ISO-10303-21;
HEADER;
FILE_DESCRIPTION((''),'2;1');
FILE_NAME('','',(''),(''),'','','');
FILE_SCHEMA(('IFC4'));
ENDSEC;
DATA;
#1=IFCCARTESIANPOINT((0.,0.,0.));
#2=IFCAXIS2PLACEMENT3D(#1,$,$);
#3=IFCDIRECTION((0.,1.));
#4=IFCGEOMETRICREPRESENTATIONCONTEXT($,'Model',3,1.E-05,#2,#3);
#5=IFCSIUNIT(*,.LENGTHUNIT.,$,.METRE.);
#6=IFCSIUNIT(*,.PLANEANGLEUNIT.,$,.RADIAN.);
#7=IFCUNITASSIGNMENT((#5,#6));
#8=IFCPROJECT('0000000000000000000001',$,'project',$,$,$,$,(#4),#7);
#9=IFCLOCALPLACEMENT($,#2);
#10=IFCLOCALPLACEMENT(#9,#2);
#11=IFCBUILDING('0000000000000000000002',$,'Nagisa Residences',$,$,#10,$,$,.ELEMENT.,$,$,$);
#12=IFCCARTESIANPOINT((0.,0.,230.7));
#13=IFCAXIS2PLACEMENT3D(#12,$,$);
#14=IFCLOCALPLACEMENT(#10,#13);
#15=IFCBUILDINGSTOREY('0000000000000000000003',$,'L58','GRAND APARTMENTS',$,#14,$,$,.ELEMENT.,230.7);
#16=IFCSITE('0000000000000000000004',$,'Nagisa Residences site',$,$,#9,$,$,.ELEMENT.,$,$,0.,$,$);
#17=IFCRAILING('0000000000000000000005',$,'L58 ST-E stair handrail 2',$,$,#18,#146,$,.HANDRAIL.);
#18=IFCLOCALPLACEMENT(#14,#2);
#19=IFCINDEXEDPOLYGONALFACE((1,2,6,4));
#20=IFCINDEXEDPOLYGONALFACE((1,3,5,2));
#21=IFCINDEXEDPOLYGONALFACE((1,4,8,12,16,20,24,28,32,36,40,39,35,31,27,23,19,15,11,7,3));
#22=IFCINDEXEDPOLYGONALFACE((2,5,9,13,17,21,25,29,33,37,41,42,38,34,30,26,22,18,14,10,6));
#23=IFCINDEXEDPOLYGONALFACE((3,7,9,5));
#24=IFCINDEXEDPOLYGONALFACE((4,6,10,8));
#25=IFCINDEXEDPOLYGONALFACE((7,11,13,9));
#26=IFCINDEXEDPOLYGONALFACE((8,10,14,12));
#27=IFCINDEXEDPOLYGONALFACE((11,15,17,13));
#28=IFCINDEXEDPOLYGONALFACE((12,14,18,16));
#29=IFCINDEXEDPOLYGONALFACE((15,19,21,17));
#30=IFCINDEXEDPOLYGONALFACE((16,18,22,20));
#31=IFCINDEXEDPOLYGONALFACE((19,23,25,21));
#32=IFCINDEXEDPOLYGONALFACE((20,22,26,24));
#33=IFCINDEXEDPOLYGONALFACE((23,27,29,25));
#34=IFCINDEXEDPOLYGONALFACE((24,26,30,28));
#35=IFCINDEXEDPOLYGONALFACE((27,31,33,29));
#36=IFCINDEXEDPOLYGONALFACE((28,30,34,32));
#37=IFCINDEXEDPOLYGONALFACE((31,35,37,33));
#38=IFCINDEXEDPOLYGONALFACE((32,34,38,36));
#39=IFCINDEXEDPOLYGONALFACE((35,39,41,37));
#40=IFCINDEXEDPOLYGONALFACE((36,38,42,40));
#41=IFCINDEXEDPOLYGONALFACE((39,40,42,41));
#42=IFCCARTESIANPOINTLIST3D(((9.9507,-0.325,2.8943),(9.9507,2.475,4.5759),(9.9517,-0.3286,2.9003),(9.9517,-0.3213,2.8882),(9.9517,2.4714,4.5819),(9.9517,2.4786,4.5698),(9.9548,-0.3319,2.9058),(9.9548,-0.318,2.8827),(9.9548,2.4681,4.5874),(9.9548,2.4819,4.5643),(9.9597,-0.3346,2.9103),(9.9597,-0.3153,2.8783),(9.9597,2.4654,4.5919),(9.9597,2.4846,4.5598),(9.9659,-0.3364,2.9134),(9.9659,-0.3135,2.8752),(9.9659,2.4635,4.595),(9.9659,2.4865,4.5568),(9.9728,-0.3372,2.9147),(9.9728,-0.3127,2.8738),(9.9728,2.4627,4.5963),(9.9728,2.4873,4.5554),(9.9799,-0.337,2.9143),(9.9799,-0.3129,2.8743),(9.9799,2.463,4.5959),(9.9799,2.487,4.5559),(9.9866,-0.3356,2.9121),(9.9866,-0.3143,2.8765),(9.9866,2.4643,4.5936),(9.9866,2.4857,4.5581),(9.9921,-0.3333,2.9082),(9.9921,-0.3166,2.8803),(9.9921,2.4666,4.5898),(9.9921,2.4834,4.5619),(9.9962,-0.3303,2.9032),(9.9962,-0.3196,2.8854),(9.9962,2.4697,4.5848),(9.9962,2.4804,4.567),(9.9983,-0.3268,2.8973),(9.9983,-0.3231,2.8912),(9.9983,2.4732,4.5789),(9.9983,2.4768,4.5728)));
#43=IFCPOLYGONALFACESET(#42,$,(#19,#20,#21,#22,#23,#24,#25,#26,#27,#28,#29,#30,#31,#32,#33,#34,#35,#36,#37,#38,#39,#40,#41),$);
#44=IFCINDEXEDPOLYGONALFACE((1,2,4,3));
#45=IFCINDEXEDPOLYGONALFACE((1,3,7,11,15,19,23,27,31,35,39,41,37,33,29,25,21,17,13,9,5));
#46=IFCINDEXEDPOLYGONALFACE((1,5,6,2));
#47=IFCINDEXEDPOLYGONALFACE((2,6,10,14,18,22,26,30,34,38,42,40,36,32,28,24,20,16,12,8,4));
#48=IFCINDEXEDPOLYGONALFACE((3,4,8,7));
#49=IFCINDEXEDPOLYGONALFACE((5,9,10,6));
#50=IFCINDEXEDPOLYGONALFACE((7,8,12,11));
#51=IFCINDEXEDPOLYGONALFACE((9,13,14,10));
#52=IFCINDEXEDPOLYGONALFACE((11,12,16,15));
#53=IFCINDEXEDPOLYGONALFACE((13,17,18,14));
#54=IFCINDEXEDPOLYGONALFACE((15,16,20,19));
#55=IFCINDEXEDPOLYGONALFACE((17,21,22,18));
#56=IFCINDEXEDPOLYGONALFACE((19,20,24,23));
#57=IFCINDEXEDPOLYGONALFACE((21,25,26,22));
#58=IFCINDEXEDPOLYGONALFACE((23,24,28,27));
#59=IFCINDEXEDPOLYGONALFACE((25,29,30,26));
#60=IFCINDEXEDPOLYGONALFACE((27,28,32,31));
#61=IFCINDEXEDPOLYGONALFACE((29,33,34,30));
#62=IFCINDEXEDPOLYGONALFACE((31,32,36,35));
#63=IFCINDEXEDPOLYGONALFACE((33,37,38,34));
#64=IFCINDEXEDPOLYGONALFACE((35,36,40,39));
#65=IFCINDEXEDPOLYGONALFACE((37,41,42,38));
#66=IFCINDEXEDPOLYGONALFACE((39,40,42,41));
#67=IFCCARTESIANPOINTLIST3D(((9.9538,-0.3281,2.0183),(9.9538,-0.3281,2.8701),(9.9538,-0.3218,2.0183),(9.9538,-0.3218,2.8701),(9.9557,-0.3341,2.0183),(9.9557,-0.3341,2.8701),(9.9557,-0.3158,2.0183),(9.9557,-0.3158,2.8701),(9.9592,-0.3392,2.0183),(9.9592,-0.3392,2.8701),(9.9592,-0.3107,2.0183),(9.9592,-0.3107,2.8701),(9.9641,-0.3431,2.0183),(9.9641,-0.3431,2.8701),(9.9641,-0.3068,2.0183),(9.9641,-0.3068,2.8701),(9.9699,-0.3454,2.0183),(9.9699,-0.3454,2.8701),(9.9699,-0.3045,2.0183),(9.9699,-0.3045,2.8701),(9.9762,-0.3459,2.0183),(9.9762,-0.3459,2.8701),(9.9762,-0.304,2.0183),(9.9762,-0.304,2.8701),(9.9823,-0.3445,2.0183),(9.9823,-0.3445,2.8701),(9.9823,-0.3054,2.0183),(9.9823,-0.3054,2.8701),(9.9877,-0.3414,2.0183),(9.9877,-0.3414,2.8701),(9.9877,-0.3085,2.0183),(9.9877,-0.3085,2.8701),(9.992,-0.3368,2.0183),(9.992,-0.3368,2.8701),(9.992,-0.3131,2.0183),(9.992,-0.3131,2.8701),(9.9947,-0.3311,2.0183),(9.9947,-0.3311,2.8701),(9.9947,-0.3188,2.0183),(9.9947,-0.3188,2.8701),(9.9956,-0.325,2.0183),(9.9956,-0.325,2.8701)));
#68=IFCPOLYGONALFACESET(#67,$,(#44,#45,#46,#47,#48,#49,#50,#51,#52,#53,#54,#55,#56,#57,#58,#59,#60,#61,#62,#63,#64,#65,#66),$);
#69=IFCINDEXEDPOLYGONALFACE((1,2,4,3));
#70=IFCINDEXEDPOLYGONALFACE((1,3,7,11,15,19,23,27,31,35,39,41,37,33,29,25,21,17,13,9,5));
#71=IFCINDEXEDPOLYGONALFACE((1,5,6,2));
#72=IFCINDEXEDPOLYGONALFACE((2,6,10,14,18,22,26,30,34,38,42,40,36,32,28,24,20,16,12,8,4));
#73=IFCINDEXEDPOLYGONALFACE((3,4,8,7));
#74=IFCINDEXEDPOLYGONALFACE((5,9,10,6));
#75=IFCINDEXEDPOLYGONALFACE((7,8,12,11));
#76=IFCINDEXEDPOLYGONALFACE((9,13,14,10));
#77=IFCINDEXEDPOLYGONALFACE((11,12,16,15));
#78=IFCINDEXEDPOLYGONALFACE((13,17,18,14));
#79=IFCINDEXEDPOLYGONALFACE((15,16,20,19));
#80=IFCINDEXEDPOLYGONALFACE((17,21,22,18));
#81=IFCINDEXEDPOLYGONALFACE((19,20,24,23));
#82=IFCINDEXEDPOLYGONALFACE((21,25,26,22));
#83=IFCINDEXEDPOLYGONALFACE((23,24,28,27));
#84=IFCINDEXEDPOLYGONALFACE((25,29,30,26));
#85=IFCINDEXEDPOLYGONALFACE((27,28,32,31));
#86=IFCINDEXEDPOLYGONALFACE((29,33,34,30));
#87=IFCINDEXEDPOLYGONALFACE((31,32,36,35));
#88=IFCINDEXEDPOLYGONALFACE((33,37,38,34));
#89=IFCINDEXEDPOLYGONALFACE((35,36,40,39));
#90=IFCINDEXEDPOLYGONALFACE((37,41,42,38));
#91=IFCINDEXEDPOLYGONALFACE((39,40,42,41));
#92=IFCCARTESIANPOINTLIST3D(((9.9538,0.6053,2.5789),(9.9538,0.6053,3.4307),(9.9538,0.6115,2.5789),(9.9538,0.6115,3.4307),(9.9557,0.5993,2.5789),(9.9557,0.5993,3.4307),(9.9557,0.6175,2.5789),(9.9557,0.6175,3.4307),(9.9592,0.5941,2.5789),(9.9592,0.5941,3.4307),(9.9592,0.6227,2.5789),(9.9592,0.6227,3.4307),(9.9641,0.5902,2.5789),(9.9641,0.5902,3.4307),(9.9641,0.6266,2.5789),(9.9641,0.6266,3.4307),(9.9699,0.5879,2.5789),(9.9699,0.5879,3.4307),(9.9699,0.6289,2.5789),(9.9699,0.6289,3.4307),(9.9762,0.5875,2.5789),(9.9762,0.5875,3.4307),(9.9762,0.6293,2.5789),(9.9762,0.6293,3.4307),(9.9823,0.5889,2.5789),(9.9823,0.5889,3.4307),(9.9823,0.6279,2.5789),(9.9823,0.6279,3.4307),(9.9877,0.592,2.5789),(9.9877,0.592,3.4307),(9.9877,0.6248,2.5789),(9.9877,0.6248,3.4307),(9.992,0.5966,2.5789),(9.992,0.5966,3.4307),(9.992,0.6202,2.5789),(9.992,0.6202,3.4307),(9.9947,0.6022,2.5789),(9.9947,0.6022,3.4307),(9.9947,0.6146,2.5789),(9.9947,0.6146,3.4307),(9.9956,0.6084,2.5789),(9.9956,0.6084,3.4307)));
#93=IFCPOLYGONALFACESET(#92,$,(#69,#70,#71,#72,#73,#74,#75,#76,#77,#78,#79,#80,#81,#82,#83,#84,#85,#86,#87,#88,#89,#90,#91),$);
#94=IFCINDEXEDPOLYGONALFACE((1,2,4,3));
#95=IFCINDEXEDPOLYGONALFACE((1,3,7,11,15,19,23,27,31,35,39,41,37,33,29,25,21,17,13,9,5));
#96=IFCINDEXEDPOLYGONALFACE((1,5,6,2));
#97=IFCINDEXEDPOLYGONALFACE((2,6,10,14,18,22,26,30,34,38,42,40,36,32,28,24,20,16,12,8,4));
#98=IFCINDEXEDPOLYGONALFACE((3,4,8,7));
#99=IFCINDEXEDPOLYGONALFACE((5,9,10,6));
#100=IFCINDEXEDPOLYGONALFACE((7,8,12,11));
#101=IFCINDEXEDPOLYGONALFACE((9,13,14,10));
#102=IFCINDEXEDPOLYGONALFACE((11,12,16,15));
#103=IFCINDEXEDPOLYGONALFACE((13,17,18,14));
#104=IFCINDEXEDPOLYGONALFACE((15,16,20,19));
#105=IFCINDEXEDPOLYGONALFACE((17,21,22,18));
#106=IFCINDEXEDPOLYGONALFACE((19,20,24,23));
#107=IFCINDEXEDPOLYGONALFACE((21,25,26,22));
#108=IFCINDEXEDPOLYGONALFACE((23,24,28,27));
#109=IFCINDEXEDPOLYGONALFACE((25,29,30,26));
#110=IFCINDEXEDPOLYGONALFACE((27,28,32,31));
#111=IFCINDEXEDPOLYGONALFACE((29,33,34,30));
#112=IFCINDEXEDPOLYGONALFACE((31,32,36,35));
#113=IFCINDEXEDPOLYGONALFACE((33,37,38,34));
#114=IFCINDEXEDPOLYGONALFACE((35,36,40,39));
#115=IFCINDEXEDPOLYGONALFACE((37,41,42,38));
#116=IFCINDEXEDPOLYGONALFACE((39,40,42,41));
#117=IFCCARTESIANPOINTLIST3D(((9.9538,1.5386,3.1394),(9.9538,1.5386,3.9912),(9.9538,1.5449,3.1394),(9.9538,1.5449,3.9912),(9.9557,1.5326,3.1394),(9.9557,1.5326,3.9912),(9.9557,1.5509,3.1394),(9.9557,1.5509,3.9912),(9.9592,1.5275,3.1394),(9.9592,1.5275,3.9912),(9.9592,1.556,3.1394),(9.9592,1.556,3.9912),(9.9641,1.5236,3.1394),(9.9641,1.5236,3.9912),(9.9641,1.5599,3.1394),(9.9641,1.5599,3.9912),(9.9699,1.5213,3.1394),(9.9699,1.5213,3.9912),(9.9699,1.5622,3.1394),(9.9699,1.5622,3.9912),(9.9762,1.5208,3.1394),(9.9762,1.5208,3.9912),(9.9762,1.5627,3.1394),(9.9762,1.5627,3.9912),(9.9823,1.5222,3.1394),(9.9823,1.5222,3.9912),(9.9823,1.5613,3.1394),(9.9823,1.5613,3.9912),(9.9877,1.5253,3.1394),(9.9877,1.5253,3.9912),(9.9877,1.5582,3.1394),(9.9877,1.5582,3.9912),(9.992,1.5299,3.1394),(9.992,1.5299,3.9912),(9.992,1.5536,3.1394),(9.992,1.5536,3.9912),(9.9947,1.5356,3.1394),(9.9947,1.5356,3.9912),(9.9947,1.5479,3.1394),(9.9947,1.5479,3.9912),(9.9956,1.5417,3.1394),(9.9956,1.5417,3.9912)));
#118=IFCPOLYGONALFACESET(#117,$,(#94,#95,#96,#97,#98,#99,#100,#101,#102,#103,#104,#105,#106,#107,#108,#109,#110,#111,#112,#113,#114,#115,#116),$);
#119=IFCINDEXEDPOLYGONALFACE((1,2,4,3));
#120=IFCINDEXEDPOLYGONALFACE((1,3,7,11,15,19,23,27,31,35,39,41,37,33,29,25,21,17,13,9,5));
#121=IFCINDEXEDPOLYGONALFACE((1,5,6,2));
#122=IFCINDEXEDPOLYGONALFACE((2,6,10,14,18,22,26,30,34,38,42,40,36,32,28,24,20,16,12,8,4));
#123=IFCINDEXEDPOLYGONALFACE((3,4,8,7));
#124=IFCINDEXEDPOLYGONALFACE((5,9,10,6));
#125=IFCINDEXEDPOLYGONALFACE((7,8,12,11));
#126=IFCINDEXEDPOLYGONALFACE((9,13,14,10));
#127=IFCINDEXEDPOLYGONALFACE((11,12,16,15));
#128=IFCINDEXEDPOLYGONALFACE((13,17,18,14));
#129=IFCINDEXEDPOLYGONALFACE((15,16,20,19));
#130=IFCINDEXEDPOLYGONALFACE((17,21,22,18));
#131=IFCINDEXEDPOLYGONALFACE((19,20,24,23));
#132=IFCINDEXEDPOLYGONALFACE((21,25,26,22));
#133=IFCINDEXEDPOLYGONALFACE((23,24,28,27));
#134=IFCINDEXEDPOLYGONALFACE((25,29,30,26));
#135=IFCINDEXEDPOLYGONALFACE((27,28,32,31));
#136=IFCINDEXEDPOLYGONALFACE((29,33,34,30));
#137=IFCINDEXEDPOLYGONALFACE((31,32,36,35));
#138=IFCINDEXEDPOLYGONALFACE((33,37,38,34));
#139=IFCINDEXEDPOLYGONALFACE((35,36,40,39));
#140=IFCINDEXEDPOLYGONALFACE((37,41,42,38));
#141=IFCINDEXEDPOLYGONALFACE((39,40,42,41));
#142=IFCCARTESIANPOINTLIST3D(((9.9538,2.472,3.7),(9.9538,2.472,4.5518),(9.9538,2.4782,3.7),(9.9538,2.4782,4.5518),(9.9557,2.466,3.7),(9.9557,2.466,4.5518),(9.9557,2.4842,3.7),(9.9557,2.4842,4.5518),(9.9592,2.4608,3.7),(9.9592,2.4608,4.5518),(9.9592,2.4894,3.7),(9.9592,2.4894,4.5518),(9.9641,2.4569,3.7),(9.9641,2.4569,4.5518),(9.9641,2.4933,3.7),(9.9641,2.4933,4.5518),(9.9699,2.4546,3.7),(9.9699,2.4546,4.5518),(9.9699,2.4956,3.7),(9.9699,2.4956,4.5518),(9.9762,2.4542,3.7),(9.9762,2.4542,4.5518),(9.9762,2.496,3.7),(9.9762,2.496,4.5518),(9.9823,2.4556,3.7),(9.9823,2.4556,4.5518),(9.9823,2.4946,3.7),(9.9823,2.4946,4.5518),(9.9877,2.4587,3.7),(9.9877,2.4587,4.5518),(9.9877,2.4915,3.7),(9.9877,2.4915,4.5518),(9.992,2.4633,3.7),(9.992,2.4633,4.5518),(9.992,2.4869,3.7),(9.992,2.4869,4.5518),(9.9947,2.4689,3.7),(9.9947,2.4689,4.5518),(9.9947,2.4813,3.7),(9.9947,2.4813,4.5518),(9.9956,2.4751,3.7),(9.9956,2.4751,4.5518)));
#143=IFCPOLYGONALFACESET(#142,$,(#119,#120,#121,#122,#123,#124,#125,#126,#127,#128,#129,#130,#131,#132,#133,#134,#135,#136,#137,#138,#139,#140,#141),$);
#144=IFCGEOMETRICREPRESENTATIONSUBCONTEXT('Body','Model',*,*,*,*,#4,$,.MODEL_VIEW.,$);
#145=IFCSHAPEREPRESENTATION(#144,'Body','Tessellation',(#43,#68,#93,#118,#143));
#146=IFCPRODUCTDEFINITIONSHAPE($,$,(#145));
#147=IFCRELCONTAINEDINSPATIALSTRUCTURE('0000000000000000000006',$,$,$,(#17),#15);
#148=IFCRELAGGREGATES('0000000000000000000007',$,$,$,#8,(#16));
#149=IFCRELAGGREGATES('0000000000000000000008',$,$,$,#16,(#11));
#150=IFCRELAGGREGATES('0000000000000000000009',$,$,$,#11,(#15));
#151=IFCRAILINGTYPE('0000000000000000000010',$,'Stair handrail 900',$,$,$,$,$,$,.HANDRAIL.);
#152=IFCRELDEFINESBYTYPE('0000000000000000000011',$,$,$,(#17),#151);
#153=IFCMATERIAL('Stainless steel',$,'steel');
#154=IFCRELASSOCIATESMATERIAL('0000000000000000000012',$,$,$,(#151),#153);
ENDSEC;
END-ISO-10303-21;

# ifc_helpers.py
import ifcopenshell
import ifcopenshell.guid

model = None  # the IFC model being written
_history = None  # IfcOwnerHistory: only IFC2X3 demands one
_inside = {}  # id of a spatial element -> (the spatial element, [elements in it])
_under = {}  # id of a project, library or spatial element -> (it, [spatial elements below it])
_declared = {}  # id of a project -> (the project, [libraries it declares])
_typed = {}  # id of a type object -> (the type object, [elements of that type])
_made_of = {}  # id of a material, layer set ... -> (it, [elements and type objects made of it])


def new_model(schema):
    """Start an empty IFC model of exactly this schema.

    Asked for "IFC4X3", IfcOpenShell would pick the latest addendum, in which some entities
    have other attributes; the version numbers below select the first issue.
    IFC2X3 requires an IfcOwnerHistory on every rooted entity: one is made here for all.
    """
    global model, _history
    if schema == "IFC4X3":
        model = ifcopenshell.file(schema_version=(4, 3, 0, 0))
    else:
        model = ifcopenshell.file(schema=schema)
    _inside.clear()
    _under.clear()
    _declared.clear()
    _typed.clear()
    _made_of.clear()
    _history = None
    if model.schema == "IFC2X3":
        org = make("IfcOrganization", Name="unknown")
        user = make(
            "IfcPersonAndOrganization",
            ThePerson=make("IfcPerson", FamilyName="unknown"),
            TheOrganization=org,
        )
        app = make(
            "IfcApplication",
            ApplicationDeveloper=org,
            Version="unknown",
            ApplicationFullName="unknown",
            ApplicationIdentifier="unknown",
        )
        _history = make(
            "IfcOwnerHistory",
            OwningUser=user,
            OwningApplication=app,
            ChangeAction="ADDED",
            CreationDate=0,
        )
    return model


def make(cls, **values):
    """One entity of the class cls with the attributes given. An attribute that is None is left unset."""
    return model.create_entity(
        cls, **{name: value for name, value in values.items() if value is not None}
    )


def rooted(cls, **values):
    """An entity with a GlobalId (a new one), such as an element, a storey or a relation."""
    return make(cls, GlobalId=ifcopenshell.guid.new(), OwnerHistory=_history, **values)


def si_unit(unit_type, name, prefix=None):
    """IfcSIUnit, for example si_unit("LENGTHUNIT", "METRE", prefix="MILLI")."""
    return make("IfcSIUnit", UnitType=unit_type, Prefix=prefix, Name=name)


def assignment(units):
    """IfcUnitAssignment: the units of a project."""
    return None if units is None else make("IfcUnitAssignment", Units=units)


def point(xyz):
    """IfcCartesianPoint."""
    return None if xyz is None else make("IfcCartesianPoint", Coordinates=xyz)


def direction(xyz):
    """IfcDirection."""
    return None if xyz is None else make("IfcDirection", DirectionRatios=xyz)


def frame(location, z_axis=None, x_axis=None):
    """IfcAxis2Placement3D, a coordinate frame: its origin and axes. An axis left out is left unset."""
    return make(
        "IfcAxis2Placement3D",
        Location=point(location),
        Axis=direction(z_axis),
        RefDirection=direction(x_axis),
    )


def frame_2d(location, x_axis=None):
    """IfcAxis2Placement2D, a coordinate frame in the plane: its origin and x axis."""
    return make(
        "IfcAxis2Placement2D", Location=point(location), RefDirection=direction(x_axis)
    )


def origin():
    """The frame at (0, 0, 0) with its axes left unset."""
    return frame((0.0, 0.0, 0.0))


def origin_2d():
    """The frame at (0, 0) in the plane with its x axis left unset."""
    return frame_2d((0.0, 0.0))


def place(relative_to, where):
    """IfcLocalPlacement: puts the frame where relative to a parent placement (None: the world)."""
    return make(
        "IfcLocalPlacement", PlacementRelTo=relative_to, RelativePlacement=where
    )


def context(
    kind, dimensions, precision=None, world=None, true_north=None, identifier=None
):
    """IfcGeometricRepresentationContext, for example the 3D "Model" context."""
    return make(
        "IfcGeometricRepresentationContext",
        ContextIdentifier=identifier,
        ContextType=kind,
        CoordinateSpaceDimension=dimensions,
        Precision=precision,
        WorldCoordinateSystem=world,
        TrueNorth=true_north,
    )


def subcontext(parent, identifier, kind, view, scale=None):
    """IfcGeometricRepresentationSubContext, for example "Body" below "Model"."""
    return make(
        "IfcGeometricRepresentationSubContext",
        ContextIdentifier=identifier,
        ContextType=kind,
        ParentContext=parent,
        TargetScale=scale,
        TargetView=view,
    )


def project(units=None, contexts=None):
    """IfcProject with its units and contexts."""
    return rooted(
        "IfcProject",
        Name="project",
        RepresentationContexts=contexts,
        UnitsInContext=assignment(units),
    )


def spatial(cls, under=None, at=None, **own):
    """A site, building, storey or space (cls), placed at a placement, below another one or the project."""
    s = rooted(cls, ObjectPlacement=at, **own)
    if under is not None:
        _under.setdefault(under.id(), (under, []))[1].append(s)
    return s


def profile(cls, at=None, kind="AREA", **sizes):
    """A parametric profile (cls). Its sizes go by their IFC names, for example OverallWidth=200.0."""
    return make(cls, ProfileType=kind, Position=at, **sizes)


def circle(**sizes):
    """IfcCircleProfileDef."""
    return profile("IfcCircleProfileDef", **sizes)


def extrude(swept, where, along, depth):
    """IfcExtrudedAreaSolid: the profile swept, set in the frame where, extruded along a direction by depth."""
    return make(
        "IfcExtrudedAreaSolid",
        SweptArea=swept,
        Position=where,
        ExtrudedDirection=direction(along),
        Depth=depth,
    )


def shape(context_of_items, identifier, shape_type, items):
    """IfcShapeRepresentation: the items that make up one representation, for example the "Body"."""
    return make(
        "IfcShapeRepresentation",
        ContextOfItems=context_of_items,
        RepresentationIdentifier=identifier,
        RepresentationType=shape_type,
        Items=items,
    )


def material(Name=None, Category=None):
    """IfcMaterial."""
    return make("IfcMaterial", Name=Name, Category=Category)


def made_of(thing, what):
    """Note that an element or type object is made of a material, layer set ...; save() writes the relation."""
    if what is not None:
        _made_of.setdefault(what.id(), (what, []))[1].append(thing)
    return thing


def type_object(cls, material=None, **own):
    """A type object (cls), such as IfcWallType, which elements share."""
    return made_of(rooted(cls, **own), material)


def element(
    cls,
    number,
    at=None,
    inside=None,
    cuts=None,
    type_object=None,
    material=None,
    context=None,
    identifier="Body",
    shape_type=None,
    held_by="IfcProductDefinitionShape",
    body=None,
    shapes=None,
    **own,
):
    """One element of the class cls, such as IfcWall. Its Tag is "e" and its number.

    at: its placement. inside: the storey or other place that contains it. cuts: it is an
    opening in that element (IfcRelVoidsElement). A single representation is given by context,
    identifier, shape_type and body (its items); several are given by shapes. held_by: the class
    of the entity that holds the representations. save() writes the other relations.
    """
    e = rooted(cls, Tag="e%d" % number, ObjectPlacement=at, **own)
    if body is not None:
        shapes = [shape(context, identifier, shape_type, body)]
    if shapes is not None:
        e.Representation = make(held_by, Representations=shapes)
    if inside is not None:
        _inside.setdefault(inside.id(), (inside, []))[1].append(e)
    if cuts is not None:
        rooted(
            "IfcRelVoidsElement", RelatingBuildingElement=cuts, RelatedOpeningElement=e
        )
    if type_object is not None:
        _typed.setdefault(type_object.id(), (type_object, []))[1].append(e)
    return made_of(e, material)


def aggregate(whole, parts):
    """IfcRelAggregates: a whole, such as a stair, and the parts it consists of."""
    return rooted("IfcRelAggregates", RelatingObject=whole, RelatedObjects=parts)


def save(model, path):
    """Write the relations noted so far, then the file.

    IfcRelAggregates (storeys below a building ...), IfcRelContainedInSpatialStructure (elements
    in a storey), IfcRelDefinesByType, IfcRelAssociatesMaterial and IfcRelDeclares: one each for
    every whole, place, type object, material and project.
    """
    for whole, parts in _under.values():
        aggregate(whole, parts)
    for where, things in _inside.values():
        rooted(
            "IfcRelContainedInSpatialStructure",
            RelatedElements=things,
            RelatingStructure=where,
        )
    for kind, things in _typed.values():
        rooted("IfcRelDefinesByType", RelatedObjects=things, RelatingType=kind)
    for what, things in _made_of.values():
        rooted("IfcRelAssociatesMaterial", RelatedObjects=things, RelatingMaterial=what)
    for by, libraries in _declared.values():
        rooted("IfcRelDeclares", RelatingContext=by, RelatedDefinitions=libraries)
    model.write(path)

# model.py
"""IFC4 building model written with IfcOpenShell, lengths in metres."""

from ifc_helpers import new_model, si_unit, direction, frame, origin, origin_2d, place, context, subcontext, project, spatial, circle, extrude, material, type_object, element, save


model = new_model("IFC4")

# Units and contexts
model_context = context("Model", 3, precision=1e-05, world=origin(), true_north=direction((0.0, 1.0)))
body_context = subcontext(model_context, "Body", "Model", "MODEL_VIEW")
ifc_project = project(units=[si_unit("LENGTHUNIT", "METRE"), si_unit("PLANEANGLEUNIT", "RADIAN")], contexts=[model_context])

# Site, building, storey
site_placement = place(None, origin())
site = spatial("IfcSite", under=ifc_project, at=site_placement, Name="Nagisa Residences site", CompositionType="ELEMENT", RefElevation=0.0)
building_placement = place(site_placement, origin())
building = spatial("IfcBuilding", under=site, at=building_placement, Name="Nagisa Residences", CompositionType="ELEMENT")
storey_placement = place(building_placement, frame((0.0, 0.0, 230.7)))
storey = spatial("IfcBuildingStorey", under=building, at=storey_placement, Name="L58", Description="GRAND APARTMENTS", CompositionType="ELEMENT", Elevation=230.7)

# Railing
ifc_material_1 = material(Name="Stainless steel", Category="steel")
railing_type_1 = type_object("IfcRailingType", Name="Stair handrail 900", PredefinedType="HANDRAIL", material=ifc_material_1)
railing_1_placement = place(storey_placement, frame((9.9746, -0.325, 2.0183)))
element("IfcRailing", 1, at=railing_1_placement, inside=storey, type_object=railing_type_1, Name="L58 ST-E stair handrail 2", PredefinedType="HANDRAIL", context=body_context, shape_type="SweptSolid", body=[
    extrude(circle(Radius=0.0239, at=origin_2d()), frame((0.0, 0.0, 0.876), z_axis=(0.0, 0.857275, 0.514858), x_axis=(-1.0, 0.0, 0.0)), (0.0, 0.0, 1.0), 3.2661),
    extrude(circle(Radius=0.021, at=origin_2d()), origin(), (0.0, 0.0, 1.0), 0.8518),
    extrude(circle(Radius=0.021, at=origin_2d()), frame((0.0, 0.9333, 0.5605)), (0.0, 0.0, 1.0), 0.8518),
    extrude(circle(Radius=0.021, at=origin_2d()), frame((0.0, 1.8667, 1.1211)), (0.0, 0.0, 1.0), 0.8518),
    extrude(circle(Radius=0.021, at=origin_2d()), frame((0.0, 2.8, 1.6816)), (0.0, 0.0, 1.0), 0.8518),
])

save(model, "model.ifc")
